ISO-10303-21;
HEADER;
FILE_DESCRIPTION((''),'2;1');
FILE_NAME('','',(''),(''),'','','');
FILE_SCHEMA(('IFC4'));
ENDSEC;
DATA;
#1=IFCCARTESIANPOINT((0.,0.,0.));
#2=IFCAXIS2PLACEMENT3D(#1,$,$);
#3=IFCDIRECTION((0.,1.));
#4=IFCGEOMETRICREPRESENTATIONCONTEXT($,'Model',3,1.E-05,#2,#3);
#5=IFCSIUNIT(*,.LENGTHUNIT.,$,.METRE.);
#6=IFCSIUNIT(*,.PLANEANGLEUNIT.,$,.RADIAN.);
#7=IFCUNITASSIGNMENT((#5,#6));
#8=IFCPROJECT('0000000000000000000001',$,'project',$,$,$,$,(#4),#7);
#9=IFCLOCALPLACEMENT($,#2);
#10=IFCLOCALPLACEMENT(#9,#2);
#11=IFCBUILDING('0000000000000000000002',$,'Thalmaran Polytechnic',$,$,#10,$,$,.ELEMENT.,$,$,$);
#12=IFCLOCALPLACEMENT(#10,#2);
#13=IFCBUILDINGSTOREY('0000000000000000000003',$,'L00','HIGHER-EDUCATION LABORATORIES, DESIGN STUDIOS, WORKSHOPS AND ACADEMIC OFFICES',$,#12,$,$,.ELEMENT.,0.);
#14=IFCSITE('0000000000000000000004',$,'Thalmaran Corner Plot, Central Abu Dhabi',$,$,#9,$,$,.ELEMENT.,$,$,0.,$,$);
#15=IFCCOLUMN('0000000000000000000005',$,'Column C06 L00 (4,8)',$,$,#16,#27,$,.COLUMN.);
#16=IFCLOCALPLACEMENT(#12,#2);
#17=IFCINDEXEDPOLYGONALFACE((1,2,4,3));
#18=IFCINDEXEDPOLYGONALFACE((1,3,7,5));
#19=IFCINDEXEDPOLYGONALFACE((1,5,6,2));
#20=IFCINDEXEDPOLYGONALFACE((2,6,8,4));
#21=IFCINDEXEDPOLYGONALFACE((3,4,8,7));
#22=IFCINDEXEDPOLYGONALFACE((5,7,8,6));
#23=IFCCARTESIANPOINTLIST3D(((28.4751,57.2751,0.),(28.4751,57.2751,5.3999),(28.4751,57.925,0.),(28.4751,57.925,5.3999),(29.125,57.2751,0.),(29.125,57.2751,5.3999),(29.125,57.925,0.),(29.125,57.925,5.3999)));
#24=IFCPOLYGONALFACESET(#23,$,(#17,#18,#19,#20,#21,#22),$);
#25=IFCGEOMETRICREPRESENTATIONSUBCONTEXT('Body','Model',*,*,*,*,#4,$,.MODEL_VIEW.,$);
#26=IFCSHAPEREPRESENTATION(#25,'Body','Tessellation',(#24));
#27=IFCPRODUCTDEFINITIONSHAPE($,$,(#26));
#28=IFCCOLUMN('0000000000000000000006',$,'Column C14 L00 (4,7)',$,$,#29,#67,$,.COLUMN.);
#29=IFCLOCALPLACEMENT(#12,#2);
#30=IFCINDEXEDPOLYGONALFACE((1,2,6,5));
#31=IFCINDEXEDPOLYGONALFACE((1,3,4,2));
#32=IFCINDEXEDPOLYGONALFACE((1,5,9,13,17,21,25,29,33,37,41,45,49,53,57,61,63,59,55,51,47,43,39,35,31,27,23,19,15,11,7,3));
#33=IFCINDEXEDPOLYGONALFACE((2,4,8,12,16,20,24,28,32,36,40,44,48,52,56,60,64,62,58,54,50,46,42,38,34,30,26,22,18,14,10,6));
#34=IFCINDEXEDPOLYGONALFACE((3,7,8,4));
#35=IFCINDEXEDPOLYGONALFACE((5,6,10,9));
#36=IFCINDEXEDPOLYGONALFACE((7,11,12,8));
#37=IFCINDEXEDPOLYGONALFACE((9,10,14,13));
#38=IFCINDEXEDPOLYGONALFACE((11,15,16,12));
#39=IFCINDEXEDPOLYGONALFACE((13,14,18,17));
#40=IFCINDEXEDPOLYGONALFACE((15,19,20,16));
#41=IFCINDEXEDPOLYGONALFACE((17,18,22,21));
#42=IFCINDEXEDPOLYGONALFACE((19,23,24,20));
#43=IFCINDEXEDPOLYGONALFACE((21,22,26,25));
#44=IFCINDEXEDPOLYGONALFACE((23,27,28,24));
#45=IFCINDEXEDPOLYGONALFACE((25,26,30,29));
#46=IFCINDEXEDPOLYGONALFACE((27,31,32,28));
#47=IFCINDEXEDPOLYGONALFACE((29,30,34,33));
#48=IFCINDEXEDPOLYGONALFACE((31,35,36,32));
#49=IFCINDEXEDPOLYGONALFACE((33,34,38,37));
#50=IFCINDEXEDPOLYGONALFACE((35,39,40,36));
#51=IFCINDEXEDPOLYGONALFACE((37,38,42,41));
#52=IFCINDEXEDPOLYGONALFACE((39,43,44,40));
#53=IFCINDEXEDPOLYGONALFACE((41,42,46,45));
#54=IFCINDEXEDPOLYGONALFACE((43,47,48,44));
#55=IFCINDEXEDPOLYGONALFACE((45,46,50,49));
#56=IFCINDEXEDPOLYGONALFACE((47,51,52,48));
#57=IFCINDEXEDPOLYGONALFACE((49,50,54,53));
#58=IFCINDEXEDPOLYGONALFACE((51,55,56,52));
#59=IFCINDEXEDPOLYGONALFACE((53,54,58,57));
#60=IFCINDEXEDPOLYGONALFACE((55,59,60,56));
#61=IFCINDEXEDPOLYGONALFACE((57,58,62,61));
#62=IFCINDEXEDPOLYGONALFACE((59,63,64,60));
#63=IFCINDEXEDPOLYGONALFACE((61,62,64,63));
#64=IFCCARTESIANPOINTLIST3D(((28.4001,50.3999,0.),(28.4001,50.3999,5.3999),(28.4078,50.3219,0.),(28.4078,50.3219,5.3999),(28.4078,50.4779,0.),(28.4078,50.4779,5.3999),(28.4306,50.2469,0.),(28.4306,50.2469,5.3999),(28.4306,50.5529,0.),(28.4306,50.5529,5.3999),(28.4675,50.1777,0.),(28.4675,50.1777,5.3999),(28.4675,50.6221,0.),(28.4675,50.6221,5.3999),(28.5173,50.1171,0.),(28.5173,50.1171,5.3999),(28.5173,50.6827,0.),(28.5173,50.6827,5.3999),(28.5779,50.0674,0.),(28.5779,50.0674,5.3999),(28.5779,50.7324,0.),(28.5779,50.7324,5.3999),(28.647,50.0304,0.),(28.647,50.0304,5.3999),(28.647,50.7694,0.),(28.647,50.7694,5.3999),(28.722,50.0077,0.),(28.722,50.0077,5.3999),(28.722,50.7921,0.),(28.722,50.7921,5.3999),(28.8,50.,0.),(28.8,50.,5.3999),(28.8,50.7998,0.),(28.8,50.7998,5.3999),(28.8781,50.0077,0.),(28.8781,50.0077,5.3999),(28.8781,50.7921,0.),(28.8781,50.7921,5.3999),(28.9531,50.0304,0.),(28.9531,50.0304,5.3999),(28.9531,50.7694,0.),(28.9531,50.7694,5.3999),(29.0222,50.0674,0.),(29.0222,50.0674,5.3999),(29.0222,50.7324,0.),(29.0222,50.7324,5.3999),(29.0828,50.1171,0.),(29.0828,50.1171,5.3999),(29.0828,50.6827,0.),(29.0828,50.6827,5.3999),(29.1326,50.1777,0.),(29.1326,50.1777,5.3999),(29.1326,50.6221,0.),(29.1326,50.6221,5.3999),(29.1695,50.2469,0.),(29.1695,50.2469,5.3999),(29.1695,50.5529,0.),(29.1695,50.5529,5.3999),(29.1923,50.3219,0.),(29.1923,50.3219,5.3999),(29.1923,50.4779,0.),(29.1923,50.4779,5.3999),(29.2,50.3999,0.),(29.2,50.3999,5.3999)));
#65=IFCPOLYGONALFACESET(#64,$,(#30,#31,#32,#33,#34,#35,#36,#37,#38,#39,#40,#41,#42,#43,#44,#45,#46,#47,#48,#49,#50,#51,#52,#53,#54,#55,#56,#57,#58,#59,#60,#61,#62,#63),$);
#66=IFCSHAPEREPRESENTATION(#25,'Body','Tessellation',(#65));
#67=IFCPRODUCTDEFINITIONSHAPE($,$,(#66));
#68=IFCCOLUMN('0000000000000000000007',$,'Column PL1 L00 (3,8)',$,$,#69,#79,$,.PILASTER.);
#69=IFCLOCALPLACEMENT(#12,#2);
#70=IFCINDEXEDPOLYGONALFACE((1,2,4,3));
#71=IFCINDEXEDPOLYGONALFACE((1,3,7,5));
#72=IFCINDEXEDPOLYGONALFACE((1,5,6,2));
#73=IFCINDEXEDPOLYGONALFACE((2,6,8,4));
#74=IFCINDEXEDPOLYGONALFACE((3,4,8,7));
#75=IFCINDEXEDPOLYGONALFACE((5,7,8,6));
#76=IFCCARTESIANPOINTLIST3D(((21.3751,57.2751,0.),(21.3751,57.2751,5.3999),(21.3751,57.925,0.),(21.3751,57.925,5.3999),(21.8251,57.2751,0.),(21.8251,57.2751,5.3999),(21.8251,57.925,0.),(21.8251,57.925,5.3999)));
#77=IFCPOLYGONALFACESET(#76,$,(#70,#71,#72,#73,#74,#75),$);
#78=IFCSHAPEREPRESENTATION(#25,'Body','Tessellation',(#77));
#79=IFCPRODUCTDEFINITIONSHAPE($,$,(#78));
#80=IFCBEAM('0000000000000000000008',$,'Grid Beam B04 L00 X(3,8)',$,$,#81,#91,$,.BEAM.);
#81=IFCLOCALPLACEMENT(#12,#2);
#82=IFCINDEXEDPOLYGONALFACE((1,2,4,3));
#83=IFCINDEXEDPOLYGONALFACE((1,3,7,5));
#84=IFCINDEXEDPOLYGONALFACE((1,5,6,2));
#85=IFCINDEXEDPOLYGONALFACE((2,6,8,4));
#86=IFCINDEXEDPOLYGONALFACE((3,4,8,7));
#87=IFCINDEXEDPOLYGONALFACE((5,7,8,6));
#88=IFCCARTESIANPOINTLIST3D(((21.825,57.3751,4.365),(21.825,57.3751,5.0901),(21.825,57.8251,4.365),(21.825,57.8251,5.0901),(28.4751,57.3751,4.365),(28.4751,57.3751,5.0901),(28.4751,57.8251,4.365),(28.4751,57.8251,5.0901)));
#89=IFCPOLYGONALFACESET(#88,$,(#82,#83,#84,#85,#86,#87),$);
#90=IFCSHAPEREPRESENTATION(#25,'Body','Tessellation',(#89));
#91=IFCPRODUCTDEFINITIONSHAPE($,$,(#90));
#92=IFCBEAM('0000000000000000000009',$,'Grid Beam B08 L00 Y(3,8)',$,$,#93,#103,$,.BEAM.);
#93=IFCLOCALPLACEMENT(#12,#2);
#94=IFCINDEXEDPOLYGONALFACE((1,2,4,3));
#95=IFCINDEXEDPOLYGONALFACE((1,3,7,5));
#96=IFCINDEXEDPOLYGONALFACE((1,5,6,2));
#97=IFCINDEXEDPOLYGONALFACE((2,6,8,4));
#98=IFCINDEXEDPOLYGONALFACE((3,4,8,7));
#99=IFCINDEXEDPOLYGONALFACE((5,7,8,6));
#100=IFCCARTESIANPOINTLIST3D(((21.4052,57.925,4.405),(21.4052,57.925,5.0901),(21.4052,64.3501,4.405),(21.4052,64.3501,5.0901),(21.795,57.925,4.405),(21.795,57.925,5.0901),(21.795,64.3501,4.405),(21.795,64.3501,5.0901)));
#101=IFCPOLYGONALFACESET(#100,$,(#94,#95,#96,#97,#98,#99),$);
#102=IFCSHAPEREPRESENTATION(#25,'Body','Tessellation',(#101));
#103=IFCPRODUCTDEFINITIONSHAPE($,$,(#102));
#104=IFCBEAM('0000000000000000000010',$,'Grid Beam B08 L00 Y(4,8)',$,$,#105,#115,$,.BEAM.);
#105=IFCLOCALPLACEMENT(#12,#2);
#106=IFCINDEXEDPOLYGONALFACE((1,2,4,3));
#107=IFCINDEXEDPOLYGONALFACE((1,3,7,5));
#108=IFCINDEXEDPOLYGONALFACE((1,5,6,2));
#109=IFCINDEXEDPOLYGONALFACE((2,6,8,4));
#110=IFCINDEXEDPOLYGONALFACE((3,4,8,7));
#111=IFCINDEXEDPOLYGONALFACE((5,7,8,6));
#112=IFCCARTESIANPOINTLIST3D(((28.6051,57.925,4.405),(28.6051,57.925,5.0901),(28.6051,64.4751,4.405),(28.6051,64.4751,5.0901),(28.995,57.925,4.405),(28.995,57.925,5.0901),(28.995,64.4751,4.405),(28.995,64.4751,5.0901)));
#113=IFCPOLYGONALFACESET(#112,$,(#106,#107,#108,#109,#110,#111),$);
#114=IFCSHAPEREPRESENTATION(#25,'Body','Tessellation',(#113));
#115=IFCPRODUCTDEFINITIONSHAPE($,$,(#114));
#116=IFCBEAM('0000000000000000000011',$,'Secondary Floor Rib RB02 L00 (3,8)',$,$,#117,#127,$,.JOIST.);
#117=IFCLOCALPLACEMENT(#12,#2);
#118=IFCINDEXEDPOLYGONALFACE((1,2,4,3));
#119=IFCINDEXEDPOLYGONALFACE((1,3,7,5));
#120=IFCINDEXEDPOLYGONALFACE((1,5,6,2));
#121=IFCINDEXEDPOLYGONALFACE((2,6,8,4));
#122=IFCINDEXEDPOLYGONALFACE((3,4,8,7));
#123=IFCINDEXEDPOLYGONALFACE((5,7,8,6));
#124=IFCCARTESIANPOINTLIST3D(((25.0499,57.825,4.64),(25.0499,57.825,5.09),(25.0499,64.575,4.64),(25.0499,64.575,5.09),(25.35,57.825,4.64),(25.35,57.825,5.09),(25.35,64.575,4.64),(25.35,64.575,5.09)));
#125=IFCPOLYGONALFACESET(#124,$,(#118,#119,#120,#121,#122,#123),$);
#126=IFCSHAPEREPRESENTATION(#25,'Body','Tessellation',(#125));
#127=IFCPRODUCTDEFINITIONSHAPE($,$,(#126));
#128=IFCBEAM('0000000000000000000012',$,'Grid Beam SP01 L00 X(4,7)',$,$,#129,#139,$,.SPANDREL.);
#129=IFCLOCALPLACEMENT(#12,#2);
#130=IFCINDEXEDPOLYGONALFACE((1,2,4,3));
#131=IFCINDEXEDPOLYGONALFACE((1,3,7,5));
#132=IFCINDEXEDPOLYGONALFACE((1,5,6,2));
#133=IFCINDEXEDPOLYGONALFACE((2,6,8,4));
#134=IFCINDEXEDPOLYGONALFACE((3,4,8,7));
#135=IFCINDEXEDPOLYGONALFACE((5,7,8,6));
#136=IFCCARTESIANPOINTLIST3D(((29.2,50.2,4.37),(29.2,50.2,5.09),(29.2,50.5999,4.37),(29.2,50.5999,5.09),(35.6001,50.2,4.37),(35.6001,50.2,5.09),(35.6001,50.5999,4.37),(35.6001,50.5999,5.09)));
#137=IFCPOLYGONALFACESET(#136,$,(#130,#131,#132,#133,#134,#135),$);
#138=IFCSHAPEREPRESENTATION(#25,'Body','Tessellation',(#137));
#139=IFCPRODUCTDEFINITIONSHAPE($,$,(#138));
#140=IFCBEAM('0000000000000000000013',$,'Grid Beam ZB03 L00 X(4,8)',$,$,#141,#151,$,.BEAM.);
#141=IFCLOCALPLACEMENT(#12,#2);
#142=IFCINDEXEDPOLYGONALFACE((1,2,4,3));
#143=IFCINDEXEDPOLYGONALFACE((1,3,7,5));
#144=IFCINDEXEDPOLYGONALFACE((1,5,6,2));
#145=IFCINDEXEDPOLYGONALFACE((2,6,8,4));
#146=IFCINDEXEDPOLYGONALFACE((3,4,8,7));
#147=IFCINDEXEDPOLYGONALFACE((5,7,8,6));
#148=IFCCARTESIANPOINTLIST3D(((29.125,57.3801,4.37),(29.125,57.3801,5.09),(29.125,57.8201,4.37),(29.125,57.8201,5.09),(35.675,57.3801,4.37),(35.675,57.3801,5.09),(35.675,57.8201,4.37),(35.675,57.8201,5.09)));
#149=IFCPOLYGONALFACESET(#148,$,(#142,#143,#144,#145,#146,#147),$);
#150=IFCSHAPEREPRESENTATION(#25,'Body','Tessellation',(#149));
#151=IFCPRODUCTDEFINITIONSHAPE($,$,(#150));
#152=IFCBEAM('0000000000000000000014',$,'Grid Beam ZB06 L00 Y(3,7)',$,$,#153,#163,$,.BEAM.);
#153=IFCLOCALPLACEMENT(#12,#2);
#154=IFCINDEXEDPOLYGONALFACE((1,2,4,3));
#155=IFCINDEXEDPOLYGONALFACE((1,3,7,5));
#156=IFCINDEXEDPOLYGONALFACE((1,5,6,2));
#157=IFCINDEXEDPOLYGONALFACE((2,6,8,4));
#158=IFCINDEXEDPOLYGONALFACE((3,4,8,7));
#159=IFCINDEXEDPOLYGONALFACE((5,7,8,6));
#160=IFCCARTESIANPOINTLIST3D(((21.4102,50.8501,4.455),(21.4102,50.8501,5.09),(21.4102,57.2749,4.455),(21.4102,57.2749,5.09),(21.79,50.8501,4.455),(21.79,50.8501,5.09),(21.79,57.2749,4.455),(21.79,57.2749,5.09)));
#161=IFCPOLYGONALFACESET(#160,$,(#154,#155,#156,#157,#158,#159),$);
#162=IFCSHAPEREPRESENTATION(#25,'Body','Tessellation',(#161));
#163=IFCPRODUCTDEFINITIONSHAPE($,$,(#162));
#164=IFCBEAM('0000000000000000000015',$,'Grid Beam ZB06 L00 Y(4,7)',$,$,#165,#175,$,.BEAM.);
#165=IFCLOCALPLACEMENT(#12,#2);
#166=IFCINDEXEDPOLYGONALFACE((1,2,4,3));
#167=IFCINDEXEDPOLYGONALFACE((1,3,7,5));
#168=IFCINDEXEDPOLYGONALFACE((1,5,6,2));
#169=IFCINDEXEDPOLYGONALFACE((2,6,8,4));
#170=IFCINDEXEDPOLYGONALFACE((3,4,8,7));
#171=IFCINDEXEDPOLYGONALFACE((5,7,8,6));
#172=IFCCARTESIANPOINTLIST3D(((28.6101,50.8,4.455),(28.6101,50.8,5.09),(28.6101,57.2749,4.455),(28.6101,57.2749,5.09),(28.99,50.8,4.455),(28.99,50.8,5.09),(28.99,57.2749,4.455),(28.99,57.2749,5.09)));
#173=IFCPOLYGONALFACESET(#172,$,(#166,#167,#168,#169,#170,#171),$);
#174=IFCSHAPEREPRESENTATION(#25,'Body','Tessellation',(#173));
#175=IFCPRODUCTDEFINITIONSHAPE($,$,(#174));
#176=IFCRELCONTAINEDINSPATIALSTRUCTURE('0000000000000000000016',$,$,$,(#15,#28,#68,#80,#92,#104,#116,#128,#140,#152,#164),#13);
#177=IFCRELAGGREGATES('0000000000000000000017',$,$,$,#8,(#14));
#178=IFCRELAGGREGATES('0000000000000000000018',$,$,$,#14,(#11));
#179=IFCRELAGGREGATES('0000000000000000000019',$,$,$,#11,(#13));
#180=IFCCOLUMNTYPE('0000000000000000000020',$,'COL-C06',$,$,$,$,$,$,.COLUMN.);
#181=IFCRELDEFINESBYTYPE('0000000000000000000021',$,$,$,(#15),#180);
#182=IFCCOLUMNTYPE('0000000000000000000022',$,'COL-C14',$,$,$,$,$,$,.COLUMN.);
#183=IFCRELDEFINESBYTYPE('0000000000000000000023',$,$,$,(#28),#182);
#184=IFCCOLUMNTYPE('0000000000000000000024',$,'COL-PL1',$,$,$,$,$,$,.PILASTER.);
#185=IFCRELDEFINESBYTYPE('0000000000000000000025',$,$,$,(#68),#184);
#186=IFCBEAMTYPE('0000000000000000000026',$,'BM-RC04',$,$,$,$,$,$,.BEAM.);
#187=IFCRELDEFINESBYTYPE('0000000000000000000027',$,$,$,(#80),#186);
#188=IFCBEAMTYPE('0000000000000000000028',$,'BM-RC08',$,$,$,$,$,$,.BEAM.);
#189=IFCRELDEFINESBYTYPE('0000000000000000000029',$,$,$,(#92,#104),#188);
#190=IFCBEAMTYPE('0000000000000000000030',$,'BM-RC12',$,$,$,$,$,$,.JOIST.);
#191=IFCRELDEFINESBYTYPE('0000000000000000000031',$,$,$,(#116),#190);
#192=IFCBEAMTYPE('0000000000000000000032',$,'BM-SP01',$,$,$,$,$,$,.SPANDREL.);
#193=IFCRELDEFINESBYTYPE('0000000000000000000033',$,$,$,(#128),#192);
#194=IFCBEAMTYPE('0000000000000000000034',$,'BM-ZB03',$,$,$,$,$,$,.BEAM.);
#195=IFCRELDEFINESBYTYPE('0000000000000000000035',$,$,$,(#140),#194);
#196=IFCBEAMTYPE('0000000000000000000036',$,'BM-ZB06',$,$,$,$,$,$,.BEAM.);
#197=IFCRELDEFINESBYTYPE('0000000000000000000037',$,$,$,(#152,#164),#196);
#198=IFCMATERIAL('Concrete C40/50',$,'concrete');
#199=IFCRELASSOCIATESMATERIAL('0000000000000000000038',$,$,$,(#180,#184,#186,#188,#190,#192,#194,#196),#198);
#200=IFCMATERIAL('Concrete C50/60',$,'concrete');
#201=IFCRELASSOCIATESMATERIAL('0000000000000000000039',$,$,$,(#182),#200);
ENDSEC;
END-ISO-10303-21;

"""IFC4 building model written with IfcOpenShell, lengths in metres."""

from ifc_helpers import new_model, si_unit, direction, frame, origin, origin_2d, place, context, subcontext, project, spatial, rectangle, circle, extrude, material, material_profile, profile_set, type_object, element, save


model = new_model("IFC4")

# Units and contexts
model_context = context("Model", 3, precision=1e-05, world=origin(), true_north=direction((0.0, 1.0)))
body_context = subcontext(model_context, "Body", "Model", "MODEL_VIEW")
ifc_project = project(units=[si_unit("LENGTHUNIT", "METRE"), si_unit("PLANEANGLEUNIT", "RADIAN")], contexts=[model_context])

# Site, building, storey
site_placement = place(None, origin())
site = spatial("IfcSite", under=ifc_project, at=site_placement, Name="Thalmaran Corner Plot, Central Abu Dhabi", CompositionType="ELEMENT", RefElevation=0.0)
building_placement = place(site_placement, origin())
building = spatial("IfcBuilding", under=site, at=building_placement, Name="Thalmaran Polytechnic", CompositionType="ELEMENT")
storey_placement = place(building_placement, origin())
storey = spatial("IfcBuildingStorey", under=building, at=storey_placement, Name="L00", Description="HIGHER-EDUCATION LABORATORIES, DESIGN STUDIOS, WORKSHOPS AND ACADEMIC OFFICES", CompositionType="ELEMENT", Elevation=0.0)

# Columns
ifc_material_1 = material(Name="Concrete C40/50", Category="concrete")
ifc_material_profile_1 = material_profile(ifc_material_1, rectangle(XDim=0.6499, YDim=0.6499, at=origin_2d()), Name="RC 650x650")
ifc_profile_set_1 = profile_set([ifc_material_profile_1], Name="Concrete C40/50")
column_type_1 = type_object("IfcColumnType", Name="COL-C06", PredefinedType="COLUMN", material=ifc_profile_set_1)
column_1_placement = place(storey_placement, frame((28.8, 57.6001, 0.0), z_axis=(0.0, 0.0, 1.0), x_axis=(1.0, 0.0, 0.0)))
element("IfcColumn", 1, at=column_1_placement, inside=storey, type_object=column_type_1, Name="Column C06 L00 (4,8)", PredefinedType="COLUMN", context=body_context, shape_type="SweptSolid", body=[
    extrude(rectangle(XDim=0.6499, YDim=0.6499, at=origin_2d()), origin(), (0.0, 0.0, 1.0), 5.3999),
])
ifc_material_2 = material(Name="Concrete C50/60", Category="concrete")
ifc_material_profile_2 = material_profile(ifc_material_2, circle(Radius=0.3999, at=origin_2d()), Name="RC 800 DIA")
ifc_profile_set_2 = profile_set([ifc_material_profile_2], Name="Concrete C50/60")
column_type_2 = type_object("IfcColumnType", Name="COL-C14", PredefinedType="COLUMN", material=ifc_profile_set_2)
column_2_placement = place(storey_placement, frame((28.8, 50.3999, 0.0), z_axis=(0.0, 0.0, 1.0), x_axis=(1.0, 0.0, 0.0)))
element("IfcColumn", 2, at=column_2_placement, inside=storey, type_object=column_type_2, Name="Column C14 L00 (4,7)", PredefinedType="COLUMN", context=body_context, shape_type="SweptSolid", body=[
    extrude(circle(Radius=0.3999, at=origin_2d()), origin(), (0.0, 0.0, 1.0), 5.3999),
])
ifc_material_profile_3 = material_profile(ifc_material_1, rectangle(XDim=0.45, YDim=0.6499, at=origin_2d()), Name="RC 450x650")
ifc_profile_set_3 = profile_set([ifc_material_profile_3], Name="Concrete C40/50")
column_type_3 = type_object("IfcColumnType", Name="COL-PL1", PredefinedType="PILASTER", material=ifc_profile_set_3)
column_3_placement = place(storey_placement, frame((21.6001, 57.6001, 0.0), z_axis=(0.0, 0.0, 1.0), x_axis=(1.0, 0.0, 0.0)))
element("IfcColumn", 3, at=column_3_placement, inside=storey, type_object=column_type_3, Name="Column PL1 L00 (3,8)", PredefinedType="PILASTER", context=body_context, shape_type="SweptSolid", body=[
    extrude(rectangle(XDim=0.45, YDim=0.6499, at=origin_2d()), origin(), (0.0, 0.0, 1.0), 5.3999),
])

# Beams
ifc_material_profile_4 = material_profile(ifc_material_1, rectangle(XDim=0.45, YDim=0.7251, at=origin_2d()), Name="RC 450x725")
ifc_profile_set_4 = profile_set([ifc_material_profile_4], Name="Concrete C40/50")
beam_type_1 = type_object("IfcBeamType", Name="BM-RC04", PredefinedType="BEAM", material=ifc_profile_set_4)
beam_1_placement = place(storey_placement, frame((21.825, 57.6001, 4.7275), z_axis=(1.0, 0.0, 0.0), x_axis=(0.0, 1.0, 0.0)))
element("IfcBeam", 4, at=beam_1_placement, inside=storey, type_object=beam_type_1, Name="Grid Beam B04 L00 X(3,8)", PredefinedType="BEAM", context=body_context, shape_type="SweptSolid", body=[
    extrude(rectangle(XDim=0.45, YDim=0.7251, at=origin_2d()), origin(), (0.0, 0.0, 1.0), 6.6501),
])
ifc_material_profile_5 = material_profile(ifc_material_1, rectangle(XDim=0.3899, YDim=0.6851, at=origin_2d()), Name="RC 390x685")
ifc_profile_set_5 = profile_set([ifc_material_profile_5], Name="Concrete C40/50")
beam_type_2 = type_object("IfcBeamType", Name="BM-RC08", PredefinedType="BEAM", material=ifc_profile_set_5)
beam_2_placement = place(storey_placement, frame((21.6001, 57.925, 4.7476), z_axis=(0.0, 1.0, 0.0), x_axis=(-1.0, 0.0, 0.0)))
element("IfcBeam", 5, at=beam_2_placement, inside=storey, type_object=beam_type_2, Name="Grid Beam B08 L00 Y(3,8)", PredefinedType="BEAM", context=body_context, shape_type="SweptSolid", body=[
    extrude(rectangle(XDim=0.3899, YDim=0.6851, at=origin_2d()), origin(), (0.0, 0.0, 1.0), 6.425),
])
beam_3_placement = place(storey_placement, frame((28.8, 57.925, 4.7476), z_axis=(0.0, 1.0, 0.0), x_axis=(-1.0, 0.0, 0.0)))
element("IfcBeam", 6, at=beam_3_placement, inside=storey, type_object=beam_type_2, Name="Grid Beam B08 L00 Y(4,8)", PredefinedType="BEAM", context=body_context, shape_type="SweptSolid", body=[
    extrude(rectangle(XDim=0.3899, YDim=0.6851, at=origin_2d()), origin(), (0.0, 0.0, 1.0), 6.55),
])
ifc_material_profile_6 = material_profile(ifc_material_1, rectangle(XDim=0.3, YDim=0.45, at=origin_2d()), Name="RC 300x450")
ifc_profile_set_6 = profile_set([ifc_material_profile_6], Name="Concrete C40/50")
beam_type_3 = type_object("IfcBeamType", Name="BM-RC12", PredefinedType="JOIST", material=ifc_profile_set_6)
beam_4_placement = place(storey_placement, frame((25.2, 57.825, 4.865), z_axis=(0.0, 1.0, 0.0), x_axis=(-1.0, 0.0, 0.0)))
element("IfcBeam", 7, at=beam_4_placement, inside=storey, type_object=beam_type_3, Name="Secondary Floor Rib RB02 L00 (3,8)", PredefinedType="JOIST", context=body_context, shape_type="SweptSolid", body=[
    extrude(rectangle(XDim=0.3, YDim=0.45, at=origin_2d()), origin(), (0.0, 0.0, 1.0), 6.75),
])
ifc_material_profile_7 = material_profile(ifc_material_1, rectangle(XDim=0.3999, YDim=0.72, at=origin_2d()), Name="RC 400x720")
ifc_profile_set_7 = profile_set([ifc_material_profile_7], Name="Concrete C40/50")
beam_type_4 = type_object("IfcBeamType", Name="BM-SP01", PredefinedType="SPANDREL", material=ifc_profile_set_7)
beam_5_placement = place(storey_placement, frame((29.2, 50.3999, 4.73), z_axis=(1.0, 0.0, 0.0), x_axis=(0.0, 1.0, 0.0)))
element("IfcBeam", 8, at=beam_5_placement, inside=storey, type_object=beam_type_4, Name="Grid Beam SP01 L00 X(4,7)", PredefinedType="SPANDREL", context=body_context, shape_type="SweptSolid", body=[
    extrude(rectangle(XDim=0.3999, YDim=0.72, at=origin_2d()), origin(), (0.0, 0.0, 1.0), 6.4001),
])
ifc_material_profile_8 = material_profile(ifc_material_1, rectangle(XDim=0.4399, YDim=0.72, at=origin_2d()), Name="RC 440x720")
ifc_profile_set_8 = profile_set([ifc_material_profile_8], Name="Concrete C40/50")
beam_type_5 = type_object("IfcBeamType", Name="BM-ZB03", PredefinedType="BEAM", material=ifc_profile_set_8)
beam_6_placement = place(storey_placement, frame((29.125, 57.6001, 4.73), z_axis=(1.0, 0.0, 0.0), x_axis=(0.0, 1.0, 0.0)))
element("IfcBeam", 9, at=beam_6_placement, inside=storey, type_object=beam_type_5, Name="Grid Beam ZB03 L00 X(4,8)", PredefinedType="BEAM", context=body_context, shape_type="SweptSolid", body=[
    extrude(rectangle(XDim=0.4399, YDim=0.72, at=origin_2d()), origin(), (0.0, 0.0, 1.0), 6.55),
])
ifc_material_profile_9 = material_profile(ifc_material_1, rectangle(XDim=0.3799, YDim=0.635, at=origin_2d()), Name="RC 380x635")
ifc_profile_set_9 = profile_set([ifc_material_profile_9], Name="Concrete C40/50")
beam_type_6 = type_object("IfcBeamType", Name="BM-ZB06", PredefinedType="BEAM", material=ifc_profile_set_9)
beam_7_placement = place(storey_placement, frame((21.6001, 50.8501, 4.7725), z_axis=(0.0, 1.0, 0.0), x_axis=(-1.0, 0.0, 0.0)))
element("IfcBeam", 10, at=beam_7_placement, inside=storey, type_object=beam_type_6, Name="Grid Beam ZB06 L00 Y(3,7)", PredefinedType="BEAM", context=body_context, shape_type="SweptSolid", body=[
    extrude(rectangle(XDim=0.3799, YDim=0.635, at=origin_2d()), origin(), (0.0, 0.0, 1.0), 6.4248),
])
beam_8_placement = place(storey_placement, frame((28.8, 50.8, 4.7725), z_axis=(0.0, 1.0, 0.0), x_axis=(-1.0, 0.0, 0.0)))
element("IfcBeam", 11, at=beam_8_placement, inside=storey, type_object=beam_type_6, Name="Grid Beam ZB06 L00 Y(4,7)", PredefinedType="BEAM", context=body_context, shape_type="SweptSolid", body=[
    extrude(rectangle(XDim=0.3799, YDim=0.635, at=origin_2d()), origin(), (0.0, 0.0, 1.0), 6.4749),
])

save(model, "model.ifc")
